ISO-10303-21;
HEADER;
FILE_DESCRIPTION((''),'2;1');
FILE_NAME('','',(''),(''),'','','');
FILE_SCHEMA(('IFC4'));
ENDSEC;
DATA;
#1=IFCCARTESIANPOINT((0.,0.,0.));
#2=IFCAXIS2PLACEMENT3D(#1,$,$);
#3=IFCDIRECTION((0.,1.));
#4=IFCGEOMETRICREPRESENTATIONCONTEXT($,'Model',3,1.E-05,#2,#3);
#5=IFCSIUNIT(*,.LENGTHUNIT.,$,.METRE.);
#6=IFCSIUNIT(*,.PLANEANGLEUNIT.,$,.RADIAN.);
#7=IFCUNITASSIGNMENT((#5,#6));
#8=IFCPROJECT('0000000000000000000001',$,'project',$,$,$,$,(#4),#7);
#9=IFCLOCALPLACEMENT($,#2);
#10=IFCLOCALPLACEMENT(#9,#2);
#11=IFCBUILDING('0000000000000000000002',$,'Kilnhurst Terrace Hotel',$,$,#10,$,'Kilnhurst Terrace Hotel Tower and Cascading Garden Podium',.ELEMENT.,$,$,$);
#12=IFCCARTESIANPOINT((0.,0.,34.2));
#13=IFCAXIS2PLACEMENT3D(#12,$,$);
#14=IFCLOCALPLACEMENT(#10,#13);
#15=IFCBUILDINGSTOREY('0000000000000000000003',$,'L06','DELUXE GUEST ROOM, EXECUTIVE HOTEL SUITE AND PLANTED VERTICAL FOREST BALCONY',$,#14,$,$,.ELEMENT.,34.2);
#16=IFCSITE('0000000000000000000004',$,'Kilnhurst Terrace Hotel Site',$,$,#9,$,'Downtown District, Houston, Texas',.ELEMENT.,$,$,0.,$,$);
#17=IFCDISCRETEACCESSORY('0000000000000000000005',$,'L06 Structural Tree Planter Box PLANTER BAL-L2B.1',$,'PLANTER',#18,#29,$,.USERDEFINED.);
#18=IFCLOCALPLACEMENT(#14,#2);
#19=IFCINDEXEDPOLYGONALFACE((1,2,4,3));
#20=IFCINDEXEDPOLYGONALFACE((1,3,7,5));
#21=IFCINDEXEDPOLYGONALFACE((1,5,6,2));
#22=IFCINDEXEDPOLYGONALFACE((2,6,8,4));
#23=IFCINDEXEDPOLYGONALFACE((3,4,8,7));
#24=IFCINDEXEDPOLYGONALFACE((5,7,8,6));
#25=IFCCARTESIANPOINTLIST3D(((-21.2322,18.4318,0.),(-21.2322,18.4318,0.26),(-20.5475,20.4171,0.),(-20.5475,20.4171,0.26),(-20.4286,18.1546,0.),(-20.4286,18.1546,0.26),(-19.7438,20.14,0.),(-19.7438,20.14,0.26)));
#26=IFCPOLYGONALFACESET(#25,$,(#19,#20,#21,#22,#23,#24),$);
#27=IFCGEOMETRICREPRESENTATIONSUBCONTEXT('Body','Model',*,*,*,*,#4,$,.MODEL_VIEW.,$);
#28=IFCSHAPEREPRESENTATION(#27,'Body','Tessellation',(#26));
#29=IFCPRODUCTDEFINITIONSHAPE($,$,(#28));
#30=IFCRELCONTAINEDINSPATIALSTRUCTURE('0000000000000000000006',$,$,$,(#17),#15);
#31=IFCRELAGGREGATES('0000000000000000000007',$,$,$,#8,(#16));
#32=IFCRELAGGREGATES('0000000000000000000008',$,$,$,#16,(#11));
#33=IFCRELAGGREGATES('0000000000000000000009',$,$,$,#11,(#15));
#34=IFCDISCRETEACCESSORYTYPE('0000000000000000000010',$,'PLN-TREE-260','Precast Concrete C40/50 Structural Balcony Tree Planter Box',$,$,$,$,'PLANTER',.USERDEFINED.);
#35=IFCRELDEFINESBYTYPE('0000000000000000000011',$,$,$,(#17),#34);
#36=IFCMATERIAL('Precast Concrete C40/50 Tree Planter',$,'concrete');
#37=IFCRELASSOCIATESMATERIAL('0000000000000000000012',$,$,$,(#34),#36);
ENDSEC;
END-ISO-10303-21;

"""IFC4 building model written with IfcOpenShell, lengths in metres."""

from ifc_helpers import new_model, si_unit, direction, frame, origin, origin_2d, place, context, subcontext, project, spatial, rectangle, extrude, material, type_object, element, save


model = new_model("IFC4")

# Units and contexts
model_context = context("Model", 3, precision=1e-05, world=origin(), true_north=direction((0.0, 1.0)))
body_context = subcontext(model_context, "Body", "Model", "MODEL_VIEW")
ifc_project = project(units=[si_unit("LENGTHUNIT", "METRE"), si_unit("PLANEANGLEUNIT", "RADIAN")], contexts=[model_context])

# Site, building, storey
site_placement = place(None, origin())
site = spatial("IfcSite", under=ifc_project, at=site_placement, Name="Kilnhurst Terrace Hotel Site", LongName="Downtown District, Houston, Texas", CompositionType="ELEMENT", RefElevation=0.0)
building_placement = place(site_placement, origin())
building = spatial("IfcBuilding", under=site, at=building_placement, Name="Kilnhurst Terrace Hotel", LongName="Kilnhurst Terrace Hotel Tower and Cascading Garden Podium", CompositionType="ELEMENT")
storey_placement = place(building_placement, frame((0.0, 0.0, 34.2)))
storey = spatial("IfcBuildingStorey", under=building, at=storey_placement, Name="L06", Description="DELUXE GUEST ROOM, EXECUTIVE HOTEL SUITE AND PLANTED VERTICAL FOREST BALCONY", CompositionType="ELEMENT", Elevation=34.2)

# Discrete accessory
ifc_material_1 = material(Name="Precast Concrete C40/50 Tree Planter", Category="concrete")
discrete_accessory_type_1 = type_object("IfcDiscreteAccessoryType", Name="PLN-TREE-260", Description="Precast Concrete C40/50 Structural Balcony Tree Planter Box", ElementType="PLANTER", PredefinedType="USERDEFINED", material=ifc_material_1)
discrete_accessory_1_placement = place(storey_placement, frame((-20.488, 19.2859, 0.0), z_axis=(0.0, 0.0, 1.0), x_axis=(-0.326063, -0.945348, 0.0)))
element("IfcDiscreteAccessory", 1, at=discrete_accessory_1_placement, inside=storey, type_object=discrete_accessory_type_1, Name="L06 Structural Tree Planter Box PLANTER BAL-L2B.1", ObjectType="PLANTER", PredefinedType="USERDEFINED", context=body_context, shape_type="SweptSolid", body=[
    extrude(rectangle(XDim=2.1001, YDim=0.8501, at=origin_2d()), origin(), (0.0, 0.0, 1.0), 0.26),
])

save(model, "model.ifc")
